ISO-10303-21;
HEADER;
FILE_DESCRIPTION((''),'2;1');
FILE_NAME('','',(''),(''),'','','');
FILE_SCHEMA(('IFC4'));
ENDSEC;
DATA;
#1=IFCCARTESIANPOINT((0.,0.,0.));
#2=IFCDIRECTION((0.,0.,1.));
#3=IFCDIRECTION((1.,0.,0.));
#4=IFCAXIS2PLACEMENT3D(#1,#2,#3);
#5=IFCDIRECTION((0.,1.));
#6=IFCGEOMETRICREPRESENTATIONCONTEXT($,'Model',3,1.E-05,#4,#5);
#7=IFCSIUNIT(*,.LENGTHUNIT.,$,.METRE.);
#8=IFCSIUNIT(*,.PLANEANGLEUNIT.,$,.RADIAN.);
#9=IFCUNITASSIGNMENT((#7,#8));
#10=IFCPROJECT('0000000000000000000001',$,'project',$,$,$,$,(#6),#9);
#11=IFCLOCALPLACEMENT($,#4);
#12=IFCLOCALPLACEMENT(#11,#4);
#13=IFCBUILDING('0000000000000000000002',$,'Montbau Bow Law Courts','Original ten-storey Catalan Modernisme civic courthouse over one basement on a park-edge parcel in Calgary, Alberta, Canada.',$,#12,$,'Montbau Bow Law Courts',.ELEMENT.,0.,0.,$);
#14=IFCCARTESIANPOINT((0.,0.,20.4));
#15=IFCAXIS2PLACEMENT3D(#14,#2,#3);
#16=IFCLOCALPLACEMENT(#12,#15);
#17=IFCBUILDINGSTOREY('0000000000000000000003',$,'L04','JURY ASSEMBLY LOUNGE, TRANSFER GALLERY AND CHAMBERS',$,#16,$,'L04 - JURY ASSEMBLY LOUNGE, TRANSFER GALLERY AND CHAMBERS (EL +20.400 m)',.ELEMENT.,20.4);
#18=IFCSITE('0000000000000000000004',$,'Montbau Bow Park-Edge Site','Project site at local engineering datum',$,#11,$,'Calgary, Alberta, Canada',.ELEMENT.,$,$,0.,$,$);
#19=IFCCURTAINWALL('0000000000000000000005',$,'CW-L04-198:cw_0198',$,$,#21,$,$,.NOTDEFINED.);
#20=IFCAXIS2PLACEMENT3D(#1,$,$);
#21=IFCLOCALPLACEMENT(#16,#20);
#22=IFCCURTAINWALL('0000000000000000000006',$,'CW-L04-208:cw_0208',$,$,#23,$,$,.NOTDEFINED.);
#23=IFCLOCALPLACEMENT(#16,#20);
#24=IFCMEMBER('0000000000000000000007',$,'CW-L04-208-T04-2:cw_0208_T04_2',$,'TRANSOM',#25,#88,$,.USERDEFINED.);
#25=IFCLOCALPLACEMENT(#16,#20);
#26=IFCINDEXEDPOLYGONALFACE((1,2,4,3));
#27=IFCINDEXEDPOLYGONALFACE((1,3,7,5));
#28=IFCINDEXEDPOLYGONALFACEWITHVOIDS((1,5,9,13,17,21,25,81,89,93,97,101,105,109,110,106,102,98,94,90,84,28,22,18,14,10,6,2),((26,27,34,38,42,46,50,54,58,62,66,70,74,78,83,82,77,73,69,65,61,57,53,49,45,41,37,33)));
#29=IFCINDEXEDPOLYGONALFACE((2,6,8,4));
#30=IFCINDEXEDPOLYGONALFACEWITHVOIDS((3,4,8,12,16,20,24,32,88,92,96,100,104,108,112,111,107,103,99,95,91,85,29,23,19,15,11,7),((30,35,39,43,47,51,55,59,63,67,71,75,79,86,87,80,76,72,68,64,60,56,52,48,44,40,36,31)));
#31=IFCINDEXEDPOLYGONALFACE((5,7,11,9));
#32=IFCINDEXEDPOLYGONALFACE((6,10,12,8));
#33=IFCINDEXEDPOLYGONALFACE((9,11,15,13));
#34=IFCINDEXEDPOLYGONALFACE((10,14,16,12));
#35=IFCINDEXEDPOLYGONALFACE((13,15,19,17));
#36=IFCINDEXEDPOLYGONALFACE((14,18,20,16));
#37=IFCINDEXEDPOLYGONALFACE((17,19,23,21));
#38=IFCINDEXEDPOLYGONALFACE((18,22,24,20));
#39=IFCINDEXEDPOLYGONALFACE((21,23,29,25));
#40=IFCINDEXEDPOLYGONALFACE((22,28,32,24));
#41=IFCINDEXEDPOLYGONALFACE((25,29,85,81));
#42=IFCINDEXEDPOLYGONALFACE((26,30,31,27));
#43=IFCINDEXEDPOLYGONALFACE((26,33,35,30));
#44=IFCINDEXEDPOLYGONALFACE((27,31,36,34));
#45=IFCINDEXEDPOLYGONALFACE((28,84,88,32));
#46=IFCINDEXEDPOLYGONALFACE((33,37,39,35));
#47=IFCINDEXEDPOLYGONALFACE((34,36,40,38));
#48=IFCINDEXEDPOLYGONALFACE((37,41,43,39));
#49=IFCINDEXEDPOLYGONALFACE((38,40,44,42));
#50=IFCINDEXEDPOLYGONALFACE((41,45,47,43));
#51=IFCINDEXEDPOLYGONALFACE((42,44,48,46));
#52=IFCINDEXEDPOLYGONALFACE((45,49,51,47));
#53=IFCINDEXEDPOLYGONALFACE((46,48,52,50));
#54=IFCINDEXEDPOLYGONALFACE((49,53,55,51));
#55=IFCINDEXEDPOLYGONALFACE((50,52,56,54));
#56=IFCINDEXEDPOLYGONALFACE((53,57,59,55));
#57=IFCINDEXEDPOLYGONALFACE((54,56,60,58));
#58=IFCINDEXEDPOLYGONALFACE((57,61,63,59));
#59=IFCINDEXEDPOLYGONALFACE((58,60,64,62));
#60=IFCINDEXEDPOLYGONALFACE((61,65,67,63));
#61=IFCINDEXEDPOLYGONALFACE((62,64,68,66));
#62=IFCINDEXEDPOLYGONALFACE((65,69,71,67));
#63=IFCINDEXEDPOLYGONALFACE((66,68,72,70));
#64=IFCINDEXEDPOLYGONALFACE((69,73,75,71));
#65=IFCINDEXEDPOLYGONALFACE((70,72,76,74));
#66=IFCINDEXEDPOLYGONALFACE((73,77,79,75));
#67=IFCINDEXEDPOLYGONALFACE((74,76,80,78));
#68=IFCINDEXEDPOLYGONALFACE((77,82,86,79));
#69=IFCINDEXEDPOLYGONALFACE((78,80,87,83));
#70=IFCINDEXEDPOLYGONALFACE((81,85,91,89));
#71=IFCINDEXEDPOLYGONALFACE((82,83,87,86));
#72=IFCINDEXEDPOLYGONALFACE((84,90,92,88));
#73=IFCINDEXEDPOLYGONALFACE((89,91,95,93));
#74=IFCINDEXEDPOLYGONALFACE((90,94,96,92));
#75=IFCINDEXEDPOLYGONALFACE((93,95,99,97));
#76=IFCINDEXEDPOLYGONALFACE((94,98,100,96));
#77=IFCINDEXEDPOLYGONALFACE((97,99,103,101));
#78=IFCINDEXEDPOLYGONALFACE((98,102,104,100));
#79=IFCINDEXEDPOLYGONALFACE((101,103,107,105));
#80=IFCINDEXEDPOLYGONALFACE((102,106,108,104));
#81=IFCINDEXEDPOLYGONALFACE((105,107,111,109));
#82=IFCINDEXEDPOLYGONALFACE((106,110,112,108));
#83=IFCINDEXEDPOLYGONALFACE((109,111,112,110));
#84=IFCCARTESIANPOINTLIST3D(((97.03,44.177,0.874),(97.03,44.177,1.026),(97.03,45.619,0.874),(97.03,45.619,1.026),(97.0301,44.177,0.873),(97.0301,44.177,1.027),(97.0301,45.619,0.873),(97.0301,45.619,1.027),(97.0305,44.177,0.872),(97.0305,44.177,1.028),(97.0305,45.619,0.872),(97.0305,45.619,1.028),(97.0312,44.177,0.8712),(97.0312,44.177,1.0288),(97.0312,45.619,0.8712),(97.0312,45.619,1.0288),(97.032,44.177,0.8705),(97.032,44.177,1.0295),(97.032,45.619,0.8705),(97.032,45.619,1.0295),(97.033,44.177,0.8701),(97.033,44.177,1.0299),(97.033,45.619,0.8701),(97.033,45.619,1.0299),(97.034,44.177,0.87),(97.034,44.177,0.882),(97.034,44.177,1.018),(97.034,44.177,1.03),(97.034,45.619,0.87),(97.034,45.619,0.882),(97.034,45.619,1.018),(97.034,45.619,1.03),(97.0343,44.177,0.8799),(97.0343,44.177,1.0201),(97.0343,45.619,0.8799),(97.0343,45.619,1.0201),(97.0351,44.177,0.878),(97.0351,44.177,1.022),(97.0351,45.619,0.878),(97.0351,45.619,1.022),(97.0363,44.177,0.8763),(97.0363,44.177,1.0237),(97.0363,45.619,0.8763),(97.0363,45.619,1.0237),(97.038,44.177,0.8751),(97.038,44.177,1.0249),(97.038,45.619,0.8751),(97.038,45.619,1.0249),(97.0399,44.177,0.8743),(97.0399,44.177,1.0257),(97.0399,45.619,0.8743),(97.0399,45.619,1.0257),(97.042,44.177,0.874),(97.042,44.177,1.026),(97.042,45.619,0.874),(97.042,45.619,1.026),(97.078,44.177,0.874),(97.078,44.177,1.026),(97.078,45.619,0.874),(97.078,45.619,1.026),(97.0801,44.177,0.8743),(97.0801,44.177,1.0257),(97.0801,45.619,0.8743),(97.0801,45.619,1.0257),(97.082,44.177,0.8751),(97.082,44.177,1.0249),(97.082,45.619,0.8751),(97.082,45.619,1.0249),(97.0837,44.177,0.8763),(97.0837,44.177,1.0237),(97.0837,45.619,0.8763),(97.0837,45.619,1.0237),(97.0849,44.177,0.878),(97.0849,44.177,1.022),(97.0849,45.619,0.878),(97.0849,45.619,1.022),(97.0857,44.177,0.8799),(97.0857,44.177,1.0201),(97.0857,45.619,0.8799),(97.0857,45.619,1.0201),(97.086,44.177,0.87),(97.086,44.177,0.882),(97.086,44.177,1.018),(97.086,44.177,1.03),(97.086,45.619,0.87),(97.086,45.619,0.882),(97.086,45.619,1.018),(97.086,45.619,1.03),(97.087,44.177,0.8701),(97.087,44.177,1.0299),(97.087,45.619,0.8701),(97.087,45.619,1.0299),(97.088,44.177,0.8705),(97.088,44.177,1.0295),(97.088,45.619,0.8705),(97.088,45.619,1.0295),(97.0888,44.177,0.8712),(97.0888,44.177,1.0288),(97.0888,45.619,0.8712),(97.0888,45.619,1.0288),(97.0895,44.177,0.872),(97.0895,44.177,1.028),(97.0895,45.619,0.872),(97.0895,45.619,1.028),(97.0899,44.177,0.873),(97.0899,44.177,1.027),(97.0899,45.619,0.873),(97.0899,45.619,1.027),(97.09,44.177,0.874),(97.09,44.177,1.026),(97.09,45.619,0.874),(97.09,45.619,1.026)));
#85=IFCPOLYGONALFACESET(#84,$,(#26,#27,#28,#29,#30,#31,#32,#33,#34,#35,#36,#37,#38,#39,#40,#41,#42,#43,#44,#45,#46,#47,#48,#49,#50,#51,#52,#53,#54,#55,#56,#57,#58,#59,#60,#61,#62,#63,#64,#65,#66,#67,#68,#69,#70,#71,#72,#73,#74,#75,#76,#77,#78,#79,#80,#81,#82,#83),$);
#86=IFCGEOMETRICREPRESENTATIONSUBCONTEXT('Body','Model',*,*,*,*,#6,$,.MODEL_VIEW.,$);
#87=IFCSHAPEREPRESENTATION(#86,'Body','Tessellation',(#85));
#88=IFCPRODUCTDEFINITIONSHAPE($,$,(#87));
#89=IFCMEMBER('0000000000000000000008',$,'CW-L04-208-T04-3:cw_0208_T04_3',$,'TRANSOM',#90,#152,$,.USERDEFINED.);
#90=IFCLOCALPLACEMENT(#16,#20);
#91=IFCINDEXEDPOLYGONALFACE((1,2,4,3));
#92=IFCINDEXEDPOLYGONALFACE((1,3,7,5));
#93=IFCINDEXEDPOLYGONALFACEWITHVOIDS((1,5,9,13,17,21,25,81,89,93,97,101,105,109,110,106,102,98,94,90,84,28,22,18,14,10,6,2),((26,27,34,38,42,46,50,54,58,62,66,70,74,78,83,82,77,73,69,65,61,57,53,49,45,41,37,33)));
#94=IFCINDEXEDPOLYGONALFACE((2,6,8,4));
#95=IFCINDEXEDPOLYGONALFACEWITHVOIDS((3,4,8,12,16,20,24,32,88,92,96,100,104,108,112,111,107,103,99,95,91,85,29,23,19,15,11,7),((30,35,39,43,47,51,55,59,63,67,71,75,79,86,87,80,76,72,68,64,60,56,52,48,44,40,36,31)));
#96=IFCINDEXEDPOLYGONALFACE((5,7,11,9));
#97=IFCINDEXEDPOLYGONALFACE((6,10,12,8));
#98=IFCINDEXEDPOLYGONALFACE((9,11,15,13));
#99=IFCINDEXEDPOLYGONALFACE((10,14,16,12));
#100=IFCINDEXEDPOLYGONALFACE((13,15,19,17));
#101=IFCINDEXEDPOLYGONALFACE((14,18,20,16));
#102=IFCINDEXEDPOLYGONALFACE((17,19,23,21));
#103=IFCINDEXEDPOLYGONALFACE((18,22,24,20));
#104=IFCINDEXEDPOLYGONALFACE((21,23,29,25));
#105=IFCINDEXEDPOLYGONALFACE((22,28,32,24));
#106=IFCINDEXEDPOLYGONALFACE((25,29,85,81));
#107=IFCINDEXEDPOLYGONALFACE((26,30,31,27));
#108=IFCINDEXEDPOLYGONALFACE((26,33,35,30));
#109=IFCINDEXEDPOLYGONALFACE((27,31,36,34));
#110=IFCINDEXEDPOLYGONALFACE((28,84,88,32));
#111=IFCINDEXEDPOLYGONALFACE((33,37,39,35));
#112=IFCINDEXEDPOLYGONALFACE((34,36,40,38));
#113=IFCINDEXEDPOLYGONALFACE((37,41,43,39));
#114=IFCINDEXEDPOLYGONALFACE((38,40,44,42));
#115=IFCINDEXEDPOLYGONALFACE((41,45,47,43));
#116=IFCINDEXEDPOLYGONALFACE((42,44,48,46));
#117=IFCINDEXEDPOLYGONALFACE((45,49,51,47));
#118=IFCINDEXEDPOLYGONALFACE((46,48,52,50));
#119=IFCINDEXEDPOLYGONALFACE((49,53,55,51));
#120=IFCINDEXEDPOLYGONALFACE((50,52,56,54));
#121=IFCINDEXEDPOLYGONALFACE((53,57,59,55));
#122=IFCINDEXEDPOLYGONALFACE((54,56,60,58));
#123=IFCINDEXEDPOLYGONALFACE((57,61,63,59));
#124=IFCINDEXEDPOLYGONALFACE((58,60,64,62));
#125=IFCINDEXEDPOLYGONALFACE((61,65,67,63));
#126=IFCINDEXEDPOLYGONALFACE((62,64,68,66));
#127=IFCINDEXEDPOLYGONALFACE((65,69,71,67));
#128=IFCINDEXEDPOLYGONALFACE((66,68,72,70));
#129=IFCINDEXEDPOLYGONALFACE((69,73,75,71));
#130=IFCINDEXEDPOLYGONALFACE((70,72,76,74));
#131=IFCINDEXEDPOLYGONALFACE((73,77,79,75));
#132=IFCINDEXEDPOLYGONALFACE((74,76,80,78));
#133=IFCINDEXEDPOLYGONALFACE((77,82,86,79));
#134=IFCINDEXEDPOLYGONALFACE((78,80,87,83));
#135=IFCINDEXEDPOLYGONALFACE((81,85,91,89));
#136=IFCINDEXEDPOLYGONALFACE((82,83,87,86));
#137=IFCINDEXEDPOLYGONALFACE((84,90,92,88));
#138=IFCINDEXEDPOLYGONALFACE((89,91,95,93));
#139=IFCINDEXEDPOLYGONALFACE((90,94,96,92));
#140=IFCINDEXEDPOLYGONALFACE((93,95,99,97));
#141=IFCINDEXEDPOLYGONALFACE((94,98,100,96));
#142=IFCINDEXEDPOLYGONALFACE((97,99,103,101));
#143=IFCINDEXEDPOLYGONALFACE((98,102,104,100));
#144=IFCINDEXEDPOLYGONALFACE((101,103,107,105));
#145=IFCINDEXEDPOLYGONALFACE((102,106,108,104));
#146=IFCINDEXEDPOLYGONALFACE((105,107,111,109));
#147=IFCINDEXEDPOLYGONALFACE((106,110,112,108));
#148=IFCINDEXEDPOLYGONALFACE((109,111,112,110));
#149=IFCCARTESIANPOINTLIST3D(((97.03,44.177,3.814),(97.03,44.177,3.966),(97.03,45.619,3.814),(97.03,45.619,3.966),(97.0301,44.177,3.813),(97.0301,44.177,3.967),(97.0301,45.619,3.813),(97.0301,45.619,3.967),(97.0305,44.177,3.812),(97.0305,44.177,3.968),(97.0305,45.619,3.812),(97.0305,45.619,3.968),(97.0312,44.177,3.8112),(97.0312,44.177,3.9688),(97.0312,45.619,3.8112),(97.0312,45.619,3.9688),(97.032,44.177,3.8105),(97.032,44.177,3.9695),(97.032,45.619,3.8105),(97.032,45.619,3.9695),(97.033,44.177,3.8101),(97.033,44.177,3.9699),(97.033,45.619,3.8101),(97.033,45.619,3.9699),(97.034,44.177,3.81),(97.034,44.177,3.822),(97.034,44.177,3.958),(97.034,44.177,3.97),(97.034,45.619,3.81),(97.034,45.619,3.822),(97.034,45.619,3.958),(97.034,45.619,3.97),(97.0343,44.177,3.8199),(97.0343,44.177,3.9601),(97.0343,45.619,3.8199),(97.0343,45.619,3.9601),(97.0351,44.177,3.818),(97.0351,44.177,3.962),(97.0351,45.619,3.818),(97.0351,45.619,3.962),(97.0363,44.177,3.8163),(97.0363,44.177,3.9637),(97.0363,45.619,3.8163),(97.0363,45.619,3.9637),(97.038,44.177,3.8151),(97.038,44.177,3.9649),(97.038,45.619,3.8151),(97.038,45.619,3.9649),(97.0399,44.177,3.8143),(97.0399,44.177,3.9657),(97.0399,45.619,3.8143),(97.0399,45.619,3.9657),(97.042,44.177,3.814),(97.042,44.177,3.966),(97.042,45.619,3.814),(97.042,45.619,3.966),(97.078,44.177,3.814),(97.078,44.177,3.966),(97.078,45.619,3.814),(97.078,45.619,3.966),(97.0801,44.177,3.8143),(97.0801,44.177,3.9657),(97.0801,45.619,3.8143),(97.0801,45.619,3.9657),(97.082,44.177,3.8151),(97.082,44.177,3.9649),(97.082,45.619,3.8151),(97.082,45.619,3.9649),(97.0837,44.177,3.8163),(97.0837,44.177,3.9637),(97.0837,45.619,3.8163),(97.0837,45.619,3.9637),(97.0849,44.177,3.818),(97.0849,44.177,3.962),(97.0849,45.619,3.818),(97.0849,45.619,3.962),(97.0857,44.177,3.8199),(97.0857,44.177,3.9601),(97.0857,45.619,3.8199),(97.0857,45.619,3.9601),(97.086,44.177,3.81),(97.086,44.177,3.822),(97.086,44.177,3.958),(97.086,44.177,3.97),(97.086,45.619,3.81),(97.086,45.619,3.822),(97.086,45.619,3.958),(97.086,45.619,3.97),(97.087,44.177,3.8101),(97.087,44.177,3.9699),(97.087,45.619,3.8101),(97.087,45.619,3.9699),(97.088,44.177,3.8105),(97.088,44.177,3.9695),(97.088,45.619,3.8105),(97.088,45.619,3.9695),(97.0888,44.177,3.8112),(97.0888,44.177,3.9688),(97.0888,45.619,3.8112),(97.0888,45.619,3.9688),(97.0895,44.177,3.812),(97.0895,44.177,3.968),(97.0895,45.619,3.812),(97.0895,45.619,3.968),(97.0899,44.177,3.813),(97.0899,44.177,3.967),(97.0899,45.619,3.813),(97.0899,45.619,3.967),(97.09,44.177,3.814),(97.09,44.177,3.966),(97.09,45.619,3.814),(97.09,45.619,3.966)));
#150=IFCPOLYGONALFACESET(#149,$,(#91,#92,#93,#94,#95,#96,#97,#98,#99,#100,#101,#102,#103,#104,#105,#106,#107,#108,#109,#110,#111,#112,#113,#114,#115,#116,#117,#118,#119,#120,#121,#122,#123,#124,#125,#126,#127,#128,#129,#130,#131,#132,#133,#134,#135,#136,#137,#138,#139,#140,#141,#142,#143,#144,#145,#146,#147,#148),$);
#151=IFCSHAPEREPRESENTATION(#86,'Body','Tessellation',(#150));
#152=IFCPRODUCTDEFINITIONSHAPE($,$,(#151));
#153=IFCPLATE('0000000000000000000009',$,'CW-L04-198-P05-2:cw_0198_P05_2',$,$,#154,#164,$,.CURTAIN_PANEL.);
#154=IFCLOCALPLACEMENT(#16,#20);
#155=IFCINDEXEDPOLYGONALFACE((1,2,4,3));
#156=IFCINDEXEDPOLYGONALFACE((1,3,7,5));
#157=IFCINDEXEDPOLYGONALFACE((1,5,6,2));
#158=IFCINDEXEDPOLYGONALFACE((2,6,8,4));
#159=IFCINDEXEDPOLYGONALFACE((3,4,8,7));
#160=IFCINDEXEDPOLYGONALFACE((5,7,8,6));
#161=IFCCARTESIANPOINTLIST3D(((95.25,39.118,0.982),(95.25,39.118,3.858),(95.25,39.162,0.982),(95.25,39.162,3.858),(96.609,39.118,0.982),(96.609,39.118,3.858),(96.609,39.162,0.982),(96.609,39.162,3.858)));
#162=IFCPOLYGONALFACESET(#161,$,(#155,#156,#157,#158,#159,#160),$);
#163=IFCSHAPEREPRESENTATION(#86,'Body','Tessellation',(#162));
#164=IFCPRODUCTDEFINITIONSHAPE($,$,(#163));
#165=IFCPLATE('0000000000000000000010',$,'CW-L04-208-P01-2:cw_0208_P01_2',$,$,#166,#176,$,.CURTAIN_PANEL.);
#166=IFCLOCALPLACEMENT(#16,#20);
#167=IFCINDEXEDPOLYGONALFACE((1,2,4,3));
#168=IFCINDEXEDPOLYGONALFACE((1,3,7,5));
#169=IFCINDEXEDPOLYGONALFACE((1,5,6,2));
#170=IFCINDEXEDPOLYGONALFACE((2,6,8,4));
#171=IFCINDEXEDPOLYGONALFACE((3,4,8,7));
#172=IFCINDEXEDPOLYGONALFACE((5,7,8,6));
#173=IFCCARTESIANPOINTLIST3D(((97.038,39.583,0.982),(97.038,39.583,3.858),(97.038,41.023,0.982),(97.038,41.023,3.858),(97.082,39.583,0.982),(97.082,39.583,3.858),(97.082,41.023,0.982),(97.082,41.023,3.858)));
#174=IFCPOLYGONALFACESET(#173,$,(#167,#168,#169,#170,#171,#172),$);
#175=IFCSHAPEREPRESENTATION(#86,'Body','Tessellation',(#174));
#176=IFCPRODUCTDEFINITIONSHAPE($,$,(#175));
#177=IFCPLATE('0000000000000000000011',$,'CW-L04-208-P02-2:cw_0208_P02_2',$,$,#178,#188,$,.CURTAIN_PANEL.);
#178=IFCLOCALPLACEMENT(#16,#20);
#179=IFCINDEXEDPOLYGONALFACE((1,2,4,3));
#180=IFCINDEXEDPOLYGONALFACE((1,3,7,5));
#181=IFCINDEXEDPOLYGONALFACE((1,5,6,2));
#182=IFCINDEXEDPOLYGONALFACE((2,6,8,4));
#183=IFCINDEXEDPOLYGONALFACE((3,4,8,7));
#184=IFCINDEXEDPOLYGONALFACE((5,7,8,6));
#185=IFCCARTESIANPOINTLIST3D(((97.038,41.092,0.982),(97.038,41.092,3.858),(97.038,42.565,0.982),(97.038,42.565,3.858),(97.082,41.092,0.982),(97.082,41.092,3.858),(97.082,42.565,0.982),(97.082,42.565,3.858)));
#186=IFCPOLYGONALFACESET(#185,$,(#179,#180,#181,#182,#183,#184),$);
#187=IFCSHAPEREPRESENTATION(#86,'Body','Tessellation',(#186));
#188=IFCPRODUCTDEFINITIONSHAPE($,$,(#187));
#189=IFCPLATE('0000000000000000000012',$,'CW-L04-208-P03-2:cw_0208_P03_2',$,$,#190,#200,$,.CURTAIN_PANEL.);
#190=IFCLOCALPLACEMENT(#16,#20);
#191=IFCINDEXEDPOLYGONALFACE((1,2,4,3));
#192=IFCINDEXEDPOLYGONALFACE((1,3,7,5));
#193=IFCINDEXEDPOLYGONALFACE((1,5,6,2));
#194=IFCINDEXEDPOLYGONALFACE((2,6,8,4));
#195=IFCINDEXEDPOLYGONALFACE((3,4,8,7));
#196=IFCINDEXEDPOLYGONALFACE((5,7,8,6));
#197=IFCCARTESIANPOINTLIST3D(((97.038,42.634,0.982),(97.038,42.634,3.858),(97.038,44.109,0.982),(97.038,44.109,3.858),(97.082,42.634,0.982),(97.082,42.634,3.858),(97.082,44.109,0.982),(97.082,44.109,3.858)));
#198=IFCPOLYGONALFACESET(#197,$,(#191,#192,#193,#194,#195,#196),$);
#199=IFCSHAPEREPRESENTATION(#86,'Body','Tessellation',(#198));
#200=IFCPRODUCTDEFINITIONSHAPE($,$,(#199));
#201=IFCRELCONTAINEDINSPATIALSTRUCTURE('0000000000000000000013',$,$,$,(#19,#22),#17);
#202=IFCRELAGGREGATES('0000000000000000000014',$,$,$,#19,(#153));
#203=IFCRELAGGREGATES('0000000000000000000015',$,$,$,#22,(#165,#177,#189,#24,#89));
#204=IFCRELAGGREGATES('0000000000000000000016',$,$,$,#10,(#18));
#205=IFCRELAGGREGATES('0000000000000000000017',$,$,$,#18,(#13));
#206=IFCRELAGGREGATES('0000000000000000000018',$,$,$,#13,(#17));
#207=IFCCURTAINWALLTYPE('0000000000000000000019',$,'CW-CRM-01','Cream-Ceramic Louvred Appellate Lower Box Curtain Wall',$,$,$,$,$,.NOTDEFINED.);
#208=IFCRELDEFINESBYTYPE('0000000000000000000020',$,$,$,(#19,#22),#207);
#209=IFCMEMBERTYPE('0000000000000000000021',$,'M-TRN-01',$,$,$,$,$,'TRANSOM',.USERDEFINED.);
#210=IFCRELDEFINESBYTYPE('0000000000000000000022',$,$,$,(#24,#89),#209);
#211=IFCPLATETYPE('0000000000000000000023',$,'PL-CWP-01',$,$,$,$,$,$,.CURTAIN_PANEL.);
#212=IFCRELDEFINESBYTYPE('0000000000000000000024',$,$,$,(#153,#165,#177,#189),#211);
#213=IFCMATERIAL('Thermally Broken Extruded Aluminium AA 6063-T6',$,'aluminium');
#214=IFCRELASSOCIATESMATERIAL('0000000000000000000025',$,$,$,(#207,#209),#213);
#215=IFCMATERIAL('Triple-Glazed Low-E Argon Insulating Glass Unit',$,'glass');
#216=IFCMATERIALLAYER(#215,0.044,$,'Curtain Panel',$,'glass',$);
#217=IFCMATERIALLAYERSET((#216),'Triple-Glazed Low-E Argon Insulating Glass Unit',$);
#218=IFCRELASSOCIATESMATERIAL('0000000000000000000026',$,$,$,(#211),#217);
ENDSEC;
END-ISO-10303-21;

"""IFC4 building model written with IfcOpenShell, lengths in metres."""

from ifc_helpers import new_model, si_unit, direction, frame, frame_2d, origin_with_axes, origin_2d_with_axis, place, context, subcontext, project, spatial, rectangle, hollow_rectangle, extrude, material, layer, layer_set, material_profile, profile_set, type_object, element, aggregate, save


model = new_model("IFC4")

# Units and contexts
model_context = context("Model", 3, precision=1e-05, world=origin_with_axes(), true_north=direction((0.0, 1.0)))
body_context = subcontext(model_context, "Body", "Model", "MODEL_VIEW")
ifc_project = project(units=[si_unit("LENGTHUNIT", "METRE"), si_unit("PLANEANGLEUNIT", "RADIAN")], contexts=[model_context])

# Site, building, storey
site_placement = place(None, origin_with_axes())
site = spatial("IfcSite", under=ifc_project, at=site_placement, Name="Montbau Bow Park-Edge Site", Description="Project site at local engineering datum", LongName="Calgary, Alberta, Canada", CompositionType="ELEMENT", RefElevation=0.0)
building_placement = place(site_placement, origin_with_axes())
building = spatial("IfcBuilding", under=site, at=building_placement, Name="Montbau Bow Law Courts", Description="Original ten-storey Catalan Modernisme civic courthouse over one basement on a park-edge parcel in Calgary, Alberta, Canada.", LongName="Montbau Bow Law Courts", CompositionType="ELEMENT", ElevationOfRefHeight=0.0, ElevationOfTerrain=0.0)
storey_placement = place(building_placement, frame((0.0, 0.0, 20.4), z_axis=(0.0, 0.0, 1.0), x_axis=(1.0, 0.0, 0.0)))
storey = spatial("IfcBuildingStorey", under=building, at=storey_placement, Name="L04", Description="JURY ASSEMBLY LOUNGE, TRANSFER GALLERY AND CHAMBERS", LongName="L04 - JURY ASSEMBLY LOUNGE, TRANSFER GALLERY AND CHAMBERS (EL +20.400 m)", CompositionType="ELEMENT", Elevation=20.4)

# Curtain walls
ifc_material_1 = material(Name="Thermally Broken Extruded Aluminium AA 6063-T6", Category="aluminium")
curtain_wall_type = type_object("IfcCurtainWallType", Name="CW-CRM-01", Description="Cream-Ceramic Louvred Appellate Lower Box Curtain Wall", PredefinedType="NOTDEFINED", material=ifc_material_1)
curtain_wall_1_placement = place(None, frame((89.315, 39.14, 20.4), z_axis=(0.0, 0.0, 1.0), x_axis=(1.0, 0.0, 0.0)))
curtain_wall_1 = element("IfcCurtainWall", 1, at=curtain_wall_1_placement, inside=storey, type_object=curtain_wall_type, Name="CW-L04-198:cw_0198", PredefinedType="NOTDEFINED")
curtain_wall_2_placement = place(None, frame((97.06, 39.515, 20.4), z_axis=(0.0, 0.0, 1.0), x_axis=(1.0, 0.0, 0.0)))
curtain_wall_2 = element("IfcCurtainWall", 2, at=curtain_wall_2_placement, inside=storey, type_object=curtain_wall_type, Name="CW-L04-208:cw_0208", PredefinedType="NOTDEFINED")

# Members
ifc_material_profile_1 = material_profile(ifc_material_1, hollow_rectangle(XDim=0.06, YDim=0.16, WallThickness=0.004, InnerFilletRadius=0.008, OuterFilletRadius=0.004, at=origin_2d_with_axis()), Name="CWT-160X60", Category="Main", Priority=0)
ifc_profile_set_1 = profile_set([ifc_material_profile_1], Name="Thermally Broken Extruded Aluminium AA 6063-T6")
member_type_1 = type_object("IfcMemberType", Name="M-TRN-01", ElementType="TRANSOM", PredefinedType="USERDEFINED", material=ifc_profile_set_1)
member_1_placement = place(None, frame((97.06, 44.177, 21.35), z_axis=(0.0, 1.0, 0.0), x_axis=(-1.0, 0.0, 0.0)))
member_1 = element("IfcMember", 3, at=member_1_placement, type_object=member_type_1, Name="CW-L04-208-T04-2:cw_0208_T04_2", ObjectType="TRANSOM", PredefinedType="USERDEFINED", context=body_context, shape_type="SweptSolid", body=[
    extrude(hollow_rectangle(XDim=0.06, YDim=0.16, WallThickness=0.004, InnerFilletRadius=0.008, OuterFilletRadius=0.004, at=origin_2d_with_axis()), origin_with_axes(), (0.0, 0.0, 1.0), 1.442),
])
member_2_placement = place(None, frame((97.06, 44.177, 24.29), z_axis=(0.0, 1.0, 0.0), x_axis=(-1.0, 0.0, 0.0)))
member_2 = element("IfcMember", 4, at=member_2_placement, type_object=member_type_1, Name="CW-L04-208-T04-3:cw_0208_T04_3", ObjectType="TRANSOM", PredefinedType="USERDEFINED", context=body_context, shape_type="SweptSolid", body=[
    extrude(hollow_rectangle(XDim=0.06, YDim=0.16, WallThickness=0.004, InnerFilletRadius=0.008, OuterFilletRadius=0.004, at=origin_2d_with_axis()), origin_with_axes(), (0.0, 0.0, 1.0), 1.442),
])

# Plates
ifc_material_2 = material(Name="Triple-Glazed Low-E Argon Insulating Glass Unit", Category="glass")
ifc_layer_1 = layer(ifc_material_2, 0.044, Name="Curtain Panel", Category="glass")
ifc_layer_set_1 = layer_set([ifc_layer_1], Name="Triple-Glazed Low-E Argon Insulating Glass Unit")
plate_type_1 = type_object("IfcPlateType", Name="PL-CWP-01", PredefinedType="CURTAIN_PANEL", material=ifc_layer_set_1)
plate_1_placement = place(None, frame((95.25, 39.14, 21.382), z_axis=(0.0, -1.0, 0.0), x_axis=(1.0, 0.0, 0.0)))
plate_1 = element("IfcPlate", 5, at=plate_1_placement, type_object=plate_type_1, Name="CW-L04-198-P05-2:cw_0198_P05_2", PredefinedType="CURTAIN_PANEL", context=body_context, shape_type="SweptSolid", body=[
    extrude(rectangle(XDim=1.359, YDim=2.876, at=frame_2d((0.6795, 1.438), x_axis=(1.0, 0.0))), frame((0.0, 0.0, -0.022), z_axis=(0.0, 0.0, 1.0), x_axis=(1.0, 0.0, 0.0)), (0.0, 0.0, 1.0), 0.044),
])
plate_2_placement = place(None, frame((97.06, 39.583, 21.382), z_axis=(1.0, 0.0, 0.0), x_axis=(0.0, 1.0, 0.0)))
plate_2 = element("IfcPlate", 6, at=plate_2_placement, type_object=plate_type_1, Name="CW-L04-208-P01-2:cw_0208_P01_2", PredefinedType="CURTAIN_PANEL", context=body_context, shape_type="SweptSolid", body=[
    extrude(rectangle(XDim=1.44, YDim=2.876, at=frame_2d((0.72, 1.438), x_axis=(1.0, 0.0))), frame((0.0, 0.0, -0.022), z_axis=(0.0, 0.0, 1.0), x_axis=(1.0, 0.0, 0.0)), (0.0, 0.0, 1.0), 0.044),
])
plate_3_placement = place(None, frame((97.06, 41.092, 21.382), z_axis=(1.0, 0.0, 0.0), x_axis=(0.0, 1.0, 0.0)))
plate_3 = element("IfcPlate", 7, at=plate_3_placement, type_object=plate_type_1, Name="CW-L04-208-P02-2:cw_0208_P02_2", PredefinedType="CURTAIN_PANEL", context=body_context, shape_type="SweptSolid", body=[
    extrude(rectangle(XDim=1.473, YDim=2.876, at=frame_2d((0.7365, 1.438), x_axis=(1.0, 0.0))), frame((0.0, 0.0, -0.022), z_axis=(0.0, 0.0, 1.0), x_axis=(1.0, 0.0, 0.0)), (0.0, 0.0, 1.0), 0.044),
])
plate_4_placement = place(None, frame((97.06, 42.634, 21.382), z_axis=(1.0, 0.0, 0.0), x_axis=(0.0, 1.0, 0.0)))
plate_4 = element("IfcPlate", 8, at=plate_4_placement, type_object=plate_type_1, Name="CW-L04-208-P03-2:cw_0208_P03_2", PredefinedType="CURTAIN_PANEL", context=body_context, shape_type="SweptSolid", body=[
    extrude(rectangle(XDim=1.475, YDim=2.876, at=frame_2d((0.7375, 1.438), x_axis=(1.0, 0.0))), frame((0.0, 0.0, -0.022), z_axis=(0.0, 0.0, 1.0), x_axis=(1.0, 0.0, 0.0)), (0.0, 0.0, 1.0), 0.044),
])
aggregate(curtain_wall_1, [plate_1])
aggregate(curtain_wall_2, [plate_2, plate_3, plate_4, member_1, member_2])

save(model, "model.ifc")
